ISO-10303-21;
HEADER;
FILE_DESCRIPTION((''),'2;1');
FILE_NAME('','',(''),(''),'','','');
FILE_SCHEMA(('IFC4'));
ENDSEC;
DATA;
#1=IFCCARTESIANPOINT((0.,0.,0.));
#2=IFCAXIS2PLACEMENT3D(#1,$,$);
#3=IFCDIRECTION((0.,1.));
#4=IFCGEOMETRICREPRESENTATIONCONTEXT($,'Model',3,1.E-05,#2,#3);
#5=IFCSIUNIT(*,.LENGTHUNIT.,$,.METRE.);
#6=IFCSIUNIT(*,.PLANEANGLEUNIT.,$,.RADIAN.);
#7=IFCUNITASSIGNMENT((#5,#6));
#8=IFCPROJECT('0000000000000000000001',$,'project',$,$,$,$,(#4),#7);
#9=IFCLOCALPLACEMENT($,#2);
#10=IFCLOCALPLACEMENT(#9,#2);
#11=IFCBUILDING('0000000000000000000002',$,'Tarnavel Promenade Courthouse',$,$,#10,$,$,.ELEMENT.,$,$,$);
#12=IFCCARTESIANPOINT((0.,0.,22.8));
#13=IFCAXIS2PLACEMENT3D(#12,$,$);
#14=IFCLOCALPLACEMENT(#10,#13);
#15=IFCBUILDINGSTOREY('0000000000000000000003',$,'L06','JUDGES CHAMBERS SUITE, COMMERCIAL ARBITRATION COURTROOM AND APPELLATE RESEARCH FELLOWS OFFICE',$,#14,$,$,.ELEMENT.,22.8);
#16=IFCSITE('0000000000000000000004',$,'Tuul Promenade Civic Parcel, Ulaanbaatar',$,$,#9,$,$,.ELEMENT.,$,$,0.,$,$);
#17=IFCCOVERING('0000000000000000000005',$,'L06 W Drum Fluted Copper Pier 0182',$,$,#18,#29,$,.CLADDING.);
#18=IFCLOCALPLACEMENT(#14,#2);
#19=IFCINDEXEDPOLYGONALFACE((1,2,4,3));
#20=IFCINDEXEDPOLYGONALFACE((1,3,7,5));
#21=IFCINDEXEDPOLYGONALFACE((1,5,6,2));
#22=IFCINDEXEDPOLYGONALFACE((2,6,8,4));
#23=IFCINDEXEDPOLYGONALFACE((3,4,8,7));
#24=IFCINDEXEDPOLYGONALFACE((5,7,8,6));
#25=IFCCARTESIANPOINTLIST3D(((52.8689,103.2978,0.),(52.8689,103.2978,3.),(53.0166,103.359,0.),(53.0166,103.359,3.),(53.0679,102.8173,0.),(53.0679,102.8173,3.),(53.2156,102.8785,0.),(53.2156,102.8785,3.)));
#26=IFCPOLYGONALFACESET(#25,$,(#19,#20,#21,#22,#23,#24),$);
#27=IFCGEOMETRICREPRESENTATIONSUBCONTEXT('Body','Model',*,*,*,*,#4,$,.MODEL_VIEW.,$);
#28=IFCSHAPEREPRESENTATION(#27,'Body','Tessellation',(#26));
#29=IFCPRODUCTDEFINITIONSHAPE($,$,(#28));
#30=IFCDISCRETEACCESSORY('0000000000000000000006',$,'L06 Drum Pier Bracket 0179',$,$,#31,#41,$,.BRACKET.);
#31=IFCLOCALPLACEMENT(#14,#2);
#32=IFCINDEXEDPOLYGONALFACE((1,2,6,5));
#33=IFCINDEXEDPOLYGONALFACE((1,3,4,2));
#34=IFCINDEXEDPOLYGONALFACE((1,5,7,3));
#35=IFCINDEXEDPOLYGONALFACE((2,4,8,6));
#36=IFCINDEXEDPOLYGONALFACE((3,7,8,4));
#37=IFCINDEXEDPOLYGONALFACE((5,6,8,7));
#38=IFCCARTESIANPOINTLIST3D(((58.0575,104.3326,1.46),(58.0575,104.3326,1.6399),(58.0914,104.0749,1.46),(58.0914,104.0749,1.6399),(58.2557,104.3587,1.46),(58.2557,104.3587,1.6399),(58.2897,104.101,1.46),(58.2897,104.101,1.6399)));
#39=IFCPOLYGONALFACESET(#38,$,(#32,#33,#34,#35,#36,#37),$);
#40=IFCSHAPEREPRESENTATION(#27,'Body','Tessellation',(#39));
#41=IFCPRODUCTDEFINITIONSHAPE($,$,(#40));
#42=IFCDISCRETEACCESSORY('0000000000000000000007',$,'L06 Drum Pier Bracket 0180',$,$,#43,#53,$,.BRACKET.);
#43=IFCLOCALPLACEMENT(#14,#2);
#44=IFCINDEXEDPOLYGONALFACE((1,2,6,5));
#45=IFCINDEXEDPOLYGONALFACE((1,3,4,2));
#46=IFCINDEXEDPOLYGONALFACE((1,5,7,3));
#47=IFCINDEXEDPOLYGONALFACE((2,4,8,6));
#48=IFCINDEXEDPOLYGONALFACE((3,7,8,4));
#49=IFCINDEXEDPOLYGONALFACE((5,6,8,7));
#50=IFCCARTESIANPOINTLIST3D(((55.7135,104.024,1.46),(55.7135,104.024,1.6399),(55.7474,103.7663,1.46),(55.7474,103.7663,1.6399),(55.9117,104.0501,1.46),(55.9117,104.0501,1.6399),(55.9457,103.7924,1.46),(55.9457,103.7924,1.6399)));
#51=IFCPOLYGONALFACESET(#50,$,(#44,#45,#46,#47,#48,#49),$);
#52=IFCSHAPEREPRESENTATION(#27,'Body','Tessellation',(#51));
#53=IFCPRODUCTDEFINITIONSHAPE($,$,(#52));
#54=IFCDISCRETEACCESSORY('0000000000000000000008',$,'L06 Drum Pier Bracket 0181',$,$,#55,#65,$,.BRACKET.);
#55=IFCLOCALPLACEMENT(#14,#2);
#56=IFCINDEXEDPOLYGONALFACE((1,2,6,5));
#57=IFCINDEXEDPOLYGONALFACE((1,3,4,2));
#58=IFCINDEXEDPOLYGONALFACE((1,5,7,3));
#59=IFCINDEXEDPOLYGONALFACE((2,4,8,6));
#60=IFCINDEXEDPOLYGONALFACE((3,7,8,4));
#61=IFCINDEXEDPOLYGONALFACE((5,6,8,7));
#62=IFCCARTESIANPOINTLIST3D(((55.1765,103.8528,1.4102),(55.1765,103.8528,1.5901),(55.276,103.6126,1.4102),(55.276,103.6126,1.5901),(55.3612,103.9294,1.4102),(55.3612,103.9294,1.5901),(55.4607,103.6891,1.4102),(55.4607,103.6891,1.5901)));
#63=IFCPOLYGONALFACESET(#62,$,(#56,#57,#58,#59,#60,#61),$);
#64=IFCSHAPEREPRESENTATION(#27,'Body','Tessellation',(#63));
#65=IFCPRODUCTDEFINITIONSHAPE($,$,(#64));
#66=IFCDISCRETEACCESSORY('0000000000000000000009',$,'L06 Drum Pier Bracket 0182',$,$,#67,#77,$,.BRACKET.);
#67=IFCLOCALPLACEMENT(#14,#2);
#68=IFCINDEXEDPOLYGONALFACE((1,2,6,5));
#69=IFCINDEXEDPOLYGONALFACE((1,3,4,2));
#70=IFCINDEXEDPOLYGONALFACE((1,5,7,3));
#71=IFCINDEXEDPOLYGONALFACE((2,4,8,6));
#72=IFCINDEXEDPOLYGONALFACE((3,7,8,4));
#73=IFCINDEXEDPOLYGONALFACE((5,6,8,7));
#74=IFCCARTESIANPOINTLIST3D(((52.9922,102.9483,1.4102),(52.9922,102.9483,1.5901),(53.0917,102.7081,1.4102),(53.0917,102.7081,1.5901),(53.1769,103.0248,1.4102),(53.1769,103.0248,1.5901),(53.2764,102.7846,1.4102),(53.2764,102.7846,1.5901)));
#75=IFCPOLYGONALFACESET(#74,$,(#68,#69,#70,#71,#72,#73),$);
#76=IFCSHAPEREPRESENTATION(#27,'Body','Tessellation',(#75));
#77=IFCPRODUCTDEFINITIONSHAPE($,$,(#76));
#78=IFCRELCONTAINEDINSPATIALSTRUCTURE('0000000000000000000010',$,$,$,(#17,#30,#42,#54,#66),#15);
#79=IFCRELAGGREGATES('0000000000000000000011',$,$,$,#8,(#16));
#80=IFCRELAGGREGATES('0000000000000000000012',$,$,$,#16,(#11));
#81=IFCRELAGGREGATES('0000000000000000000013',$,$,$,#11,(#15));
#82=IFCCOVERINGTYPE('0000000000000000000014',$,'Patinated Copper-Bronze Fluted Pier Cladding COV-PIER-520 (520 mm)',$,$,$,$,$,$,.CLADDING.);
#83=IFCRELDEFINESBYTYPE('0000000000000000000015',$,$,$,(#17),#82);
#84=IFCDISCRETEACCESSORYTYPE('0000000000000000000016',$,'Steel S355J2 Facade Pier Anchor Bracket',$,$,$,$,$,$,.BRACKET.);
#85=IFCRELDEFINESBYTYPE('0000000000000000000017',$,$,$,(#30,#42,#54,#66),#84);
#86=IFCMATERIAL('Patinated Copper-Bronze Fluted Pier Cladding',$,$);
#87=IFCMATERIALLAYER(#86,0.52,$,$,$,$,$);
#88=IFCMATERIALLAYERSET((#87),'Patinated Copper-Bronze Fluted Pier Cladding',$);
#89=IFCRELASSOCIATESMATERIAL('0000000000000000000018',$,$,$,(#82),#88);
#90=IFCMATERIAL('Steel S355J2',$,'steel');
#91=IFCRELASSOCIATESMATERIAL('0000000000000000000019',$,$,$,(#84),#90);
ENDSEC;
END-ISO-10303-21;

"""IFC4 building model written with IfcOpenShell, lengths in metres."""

from ifc_helpers import new_model, si_unit, direction, frame, origin, origin_2d, place, context, subcontext, project, spatial, rectangle, extrude, material, layer, layer_set, type_object, element, save


model = new_model("IFC4")

# Units and contexts
model_context = context("Model", 3, precision=1e-05, world=origin(), true_north=direction((0.0, 1.0)))
body_context = subcontext(model_context, "Body", "Model", "MODEL_VIEW")
ifc_project = project(units=[si_unit("LENGTHUNIT", "METRE"), si_unit("PLANEANGLEUNIT", "RADIAN")], contexts=[model_context])

# Site, building, storey
site_placement = place(None, origin())
site = spatial("IfcSite", under=ifc_project, at=site_placement, Name="Tuul Promenade Civic Parcel, Ulaanbaatar", CompositionType="ELEMENT", RefElevation=0.0)
building_placement = place(site_placement, origin())
building = spatial("IfcBuilding", under=site, at=building_placement, Name="Tarnavel Promenade Courthouse", CompositionType="ELEMENT")
storey_placement = place(building_placement, frame((0.0, 0.0, 22.8)))
storey = spatial("IfcBuildingStorey", under=building, at=storey_placement, Name="L06", Description="JUDGES CHAMBERS SUITE, COMMERCIAL ARBITRATION COURTROOM AND APPELLATE RESEARCH FELLOWS OFFICE", CompositionType="ELEMENT", Elevation=22.8)

# Shared definitions
ifc_material_1 = material(Name="Steel S355J2", Category="steel")

# Covering
ifc_material_2 = material(Name="Patinated Copper-Bronze Fluted Pier Cladding")
ifc_layer_1 = layer(ifc_material_2, 0.52)
ifc_layer_set_1 = layer_set([ifc_layer_1], Name="Patinated Copper-Bronze Fluted Pier Cladding")
covering_type = type_object("IfcCoveringType", Name="Patinated Copper-Bronze Fluted Pier Cladding COV-PIER-520 (520 mm)", PredefinedType="CLADDING", material=ifc_layer_set_1)
for number, where, z_axis, x_axis, name in (
    (1, (53.0422, 103.0881, 0.0), (0.0, 0.0, 1.0), (-0.92388, -0.382683, 0.0), "L06 W Drum Fluted Copper Pier 0182"),
):
    element("IfcCovering", number, at=place(storey_placement, frame(where, z_axis=z_axis, x_axis=x_axis)), inside=storey, type_object=covering_type, Name=name, PredefinedType="CLADDING", context=body_context, shape_type="SweptSolid", body=[
        extrude(rectangle(XDim=0.1599, YDim=0.52, at=origin_2d()), origin(), (0.0, 0.0, 1.0), 3.0),
    ])

# Discrete accessories
discrete_accessory_type = type_object("IfcDiscreteAccessoryType", Name="Steel S355J2 Facade Pier Anchor Bracket", PredefinedType="BRACKET", material=ifc_material_1)
for number, where, z_axis, x_axis, name in (
    (2, (58.1736, 104.2168, 1.46), (0.0, 0.0, 1.0), (-0.991445, -0.130526, 0.0), "L06 Drum Pier Bracket 0179"),
    (3, (55.8296, 103.9082, 1.46), (0.0, 0.0, 1.0), (-0.991445, -0.130526, 0.0), "L06 Drum Pier Bracket 0180"),
    (4, (55.3186, 103.771, 1.4102), (0.0, 0.0, 1.0), (-0.92388, -0.382683, 0.0), "L06 Drum Pier Bracket 0181"),
    (5, (53.1343, 102.8665, 1.4102), (0.0, 0.0, 1.0), (-0.92388, -0.382683, 0.0), "L06 Drum Pier Bracket 0182"),
):
    element("IfcDiscreteAccessory", number, at=place(storey_placement, frame(where, z_axis=z_axis, x_axis=x_axis)), inside=storey, type_object=discrete_accessory_type, Name=name, PredefinedType="BRACKET", context=body_context, shape_type="SweptSolid", body=[
        extrude(rectangle(XDim=0.2, YDim=0.26, at=origin_2d()), origin(), (0.0, 0.0, 1.0), 0.1799),
    ])

save(model, "model.ifc")
